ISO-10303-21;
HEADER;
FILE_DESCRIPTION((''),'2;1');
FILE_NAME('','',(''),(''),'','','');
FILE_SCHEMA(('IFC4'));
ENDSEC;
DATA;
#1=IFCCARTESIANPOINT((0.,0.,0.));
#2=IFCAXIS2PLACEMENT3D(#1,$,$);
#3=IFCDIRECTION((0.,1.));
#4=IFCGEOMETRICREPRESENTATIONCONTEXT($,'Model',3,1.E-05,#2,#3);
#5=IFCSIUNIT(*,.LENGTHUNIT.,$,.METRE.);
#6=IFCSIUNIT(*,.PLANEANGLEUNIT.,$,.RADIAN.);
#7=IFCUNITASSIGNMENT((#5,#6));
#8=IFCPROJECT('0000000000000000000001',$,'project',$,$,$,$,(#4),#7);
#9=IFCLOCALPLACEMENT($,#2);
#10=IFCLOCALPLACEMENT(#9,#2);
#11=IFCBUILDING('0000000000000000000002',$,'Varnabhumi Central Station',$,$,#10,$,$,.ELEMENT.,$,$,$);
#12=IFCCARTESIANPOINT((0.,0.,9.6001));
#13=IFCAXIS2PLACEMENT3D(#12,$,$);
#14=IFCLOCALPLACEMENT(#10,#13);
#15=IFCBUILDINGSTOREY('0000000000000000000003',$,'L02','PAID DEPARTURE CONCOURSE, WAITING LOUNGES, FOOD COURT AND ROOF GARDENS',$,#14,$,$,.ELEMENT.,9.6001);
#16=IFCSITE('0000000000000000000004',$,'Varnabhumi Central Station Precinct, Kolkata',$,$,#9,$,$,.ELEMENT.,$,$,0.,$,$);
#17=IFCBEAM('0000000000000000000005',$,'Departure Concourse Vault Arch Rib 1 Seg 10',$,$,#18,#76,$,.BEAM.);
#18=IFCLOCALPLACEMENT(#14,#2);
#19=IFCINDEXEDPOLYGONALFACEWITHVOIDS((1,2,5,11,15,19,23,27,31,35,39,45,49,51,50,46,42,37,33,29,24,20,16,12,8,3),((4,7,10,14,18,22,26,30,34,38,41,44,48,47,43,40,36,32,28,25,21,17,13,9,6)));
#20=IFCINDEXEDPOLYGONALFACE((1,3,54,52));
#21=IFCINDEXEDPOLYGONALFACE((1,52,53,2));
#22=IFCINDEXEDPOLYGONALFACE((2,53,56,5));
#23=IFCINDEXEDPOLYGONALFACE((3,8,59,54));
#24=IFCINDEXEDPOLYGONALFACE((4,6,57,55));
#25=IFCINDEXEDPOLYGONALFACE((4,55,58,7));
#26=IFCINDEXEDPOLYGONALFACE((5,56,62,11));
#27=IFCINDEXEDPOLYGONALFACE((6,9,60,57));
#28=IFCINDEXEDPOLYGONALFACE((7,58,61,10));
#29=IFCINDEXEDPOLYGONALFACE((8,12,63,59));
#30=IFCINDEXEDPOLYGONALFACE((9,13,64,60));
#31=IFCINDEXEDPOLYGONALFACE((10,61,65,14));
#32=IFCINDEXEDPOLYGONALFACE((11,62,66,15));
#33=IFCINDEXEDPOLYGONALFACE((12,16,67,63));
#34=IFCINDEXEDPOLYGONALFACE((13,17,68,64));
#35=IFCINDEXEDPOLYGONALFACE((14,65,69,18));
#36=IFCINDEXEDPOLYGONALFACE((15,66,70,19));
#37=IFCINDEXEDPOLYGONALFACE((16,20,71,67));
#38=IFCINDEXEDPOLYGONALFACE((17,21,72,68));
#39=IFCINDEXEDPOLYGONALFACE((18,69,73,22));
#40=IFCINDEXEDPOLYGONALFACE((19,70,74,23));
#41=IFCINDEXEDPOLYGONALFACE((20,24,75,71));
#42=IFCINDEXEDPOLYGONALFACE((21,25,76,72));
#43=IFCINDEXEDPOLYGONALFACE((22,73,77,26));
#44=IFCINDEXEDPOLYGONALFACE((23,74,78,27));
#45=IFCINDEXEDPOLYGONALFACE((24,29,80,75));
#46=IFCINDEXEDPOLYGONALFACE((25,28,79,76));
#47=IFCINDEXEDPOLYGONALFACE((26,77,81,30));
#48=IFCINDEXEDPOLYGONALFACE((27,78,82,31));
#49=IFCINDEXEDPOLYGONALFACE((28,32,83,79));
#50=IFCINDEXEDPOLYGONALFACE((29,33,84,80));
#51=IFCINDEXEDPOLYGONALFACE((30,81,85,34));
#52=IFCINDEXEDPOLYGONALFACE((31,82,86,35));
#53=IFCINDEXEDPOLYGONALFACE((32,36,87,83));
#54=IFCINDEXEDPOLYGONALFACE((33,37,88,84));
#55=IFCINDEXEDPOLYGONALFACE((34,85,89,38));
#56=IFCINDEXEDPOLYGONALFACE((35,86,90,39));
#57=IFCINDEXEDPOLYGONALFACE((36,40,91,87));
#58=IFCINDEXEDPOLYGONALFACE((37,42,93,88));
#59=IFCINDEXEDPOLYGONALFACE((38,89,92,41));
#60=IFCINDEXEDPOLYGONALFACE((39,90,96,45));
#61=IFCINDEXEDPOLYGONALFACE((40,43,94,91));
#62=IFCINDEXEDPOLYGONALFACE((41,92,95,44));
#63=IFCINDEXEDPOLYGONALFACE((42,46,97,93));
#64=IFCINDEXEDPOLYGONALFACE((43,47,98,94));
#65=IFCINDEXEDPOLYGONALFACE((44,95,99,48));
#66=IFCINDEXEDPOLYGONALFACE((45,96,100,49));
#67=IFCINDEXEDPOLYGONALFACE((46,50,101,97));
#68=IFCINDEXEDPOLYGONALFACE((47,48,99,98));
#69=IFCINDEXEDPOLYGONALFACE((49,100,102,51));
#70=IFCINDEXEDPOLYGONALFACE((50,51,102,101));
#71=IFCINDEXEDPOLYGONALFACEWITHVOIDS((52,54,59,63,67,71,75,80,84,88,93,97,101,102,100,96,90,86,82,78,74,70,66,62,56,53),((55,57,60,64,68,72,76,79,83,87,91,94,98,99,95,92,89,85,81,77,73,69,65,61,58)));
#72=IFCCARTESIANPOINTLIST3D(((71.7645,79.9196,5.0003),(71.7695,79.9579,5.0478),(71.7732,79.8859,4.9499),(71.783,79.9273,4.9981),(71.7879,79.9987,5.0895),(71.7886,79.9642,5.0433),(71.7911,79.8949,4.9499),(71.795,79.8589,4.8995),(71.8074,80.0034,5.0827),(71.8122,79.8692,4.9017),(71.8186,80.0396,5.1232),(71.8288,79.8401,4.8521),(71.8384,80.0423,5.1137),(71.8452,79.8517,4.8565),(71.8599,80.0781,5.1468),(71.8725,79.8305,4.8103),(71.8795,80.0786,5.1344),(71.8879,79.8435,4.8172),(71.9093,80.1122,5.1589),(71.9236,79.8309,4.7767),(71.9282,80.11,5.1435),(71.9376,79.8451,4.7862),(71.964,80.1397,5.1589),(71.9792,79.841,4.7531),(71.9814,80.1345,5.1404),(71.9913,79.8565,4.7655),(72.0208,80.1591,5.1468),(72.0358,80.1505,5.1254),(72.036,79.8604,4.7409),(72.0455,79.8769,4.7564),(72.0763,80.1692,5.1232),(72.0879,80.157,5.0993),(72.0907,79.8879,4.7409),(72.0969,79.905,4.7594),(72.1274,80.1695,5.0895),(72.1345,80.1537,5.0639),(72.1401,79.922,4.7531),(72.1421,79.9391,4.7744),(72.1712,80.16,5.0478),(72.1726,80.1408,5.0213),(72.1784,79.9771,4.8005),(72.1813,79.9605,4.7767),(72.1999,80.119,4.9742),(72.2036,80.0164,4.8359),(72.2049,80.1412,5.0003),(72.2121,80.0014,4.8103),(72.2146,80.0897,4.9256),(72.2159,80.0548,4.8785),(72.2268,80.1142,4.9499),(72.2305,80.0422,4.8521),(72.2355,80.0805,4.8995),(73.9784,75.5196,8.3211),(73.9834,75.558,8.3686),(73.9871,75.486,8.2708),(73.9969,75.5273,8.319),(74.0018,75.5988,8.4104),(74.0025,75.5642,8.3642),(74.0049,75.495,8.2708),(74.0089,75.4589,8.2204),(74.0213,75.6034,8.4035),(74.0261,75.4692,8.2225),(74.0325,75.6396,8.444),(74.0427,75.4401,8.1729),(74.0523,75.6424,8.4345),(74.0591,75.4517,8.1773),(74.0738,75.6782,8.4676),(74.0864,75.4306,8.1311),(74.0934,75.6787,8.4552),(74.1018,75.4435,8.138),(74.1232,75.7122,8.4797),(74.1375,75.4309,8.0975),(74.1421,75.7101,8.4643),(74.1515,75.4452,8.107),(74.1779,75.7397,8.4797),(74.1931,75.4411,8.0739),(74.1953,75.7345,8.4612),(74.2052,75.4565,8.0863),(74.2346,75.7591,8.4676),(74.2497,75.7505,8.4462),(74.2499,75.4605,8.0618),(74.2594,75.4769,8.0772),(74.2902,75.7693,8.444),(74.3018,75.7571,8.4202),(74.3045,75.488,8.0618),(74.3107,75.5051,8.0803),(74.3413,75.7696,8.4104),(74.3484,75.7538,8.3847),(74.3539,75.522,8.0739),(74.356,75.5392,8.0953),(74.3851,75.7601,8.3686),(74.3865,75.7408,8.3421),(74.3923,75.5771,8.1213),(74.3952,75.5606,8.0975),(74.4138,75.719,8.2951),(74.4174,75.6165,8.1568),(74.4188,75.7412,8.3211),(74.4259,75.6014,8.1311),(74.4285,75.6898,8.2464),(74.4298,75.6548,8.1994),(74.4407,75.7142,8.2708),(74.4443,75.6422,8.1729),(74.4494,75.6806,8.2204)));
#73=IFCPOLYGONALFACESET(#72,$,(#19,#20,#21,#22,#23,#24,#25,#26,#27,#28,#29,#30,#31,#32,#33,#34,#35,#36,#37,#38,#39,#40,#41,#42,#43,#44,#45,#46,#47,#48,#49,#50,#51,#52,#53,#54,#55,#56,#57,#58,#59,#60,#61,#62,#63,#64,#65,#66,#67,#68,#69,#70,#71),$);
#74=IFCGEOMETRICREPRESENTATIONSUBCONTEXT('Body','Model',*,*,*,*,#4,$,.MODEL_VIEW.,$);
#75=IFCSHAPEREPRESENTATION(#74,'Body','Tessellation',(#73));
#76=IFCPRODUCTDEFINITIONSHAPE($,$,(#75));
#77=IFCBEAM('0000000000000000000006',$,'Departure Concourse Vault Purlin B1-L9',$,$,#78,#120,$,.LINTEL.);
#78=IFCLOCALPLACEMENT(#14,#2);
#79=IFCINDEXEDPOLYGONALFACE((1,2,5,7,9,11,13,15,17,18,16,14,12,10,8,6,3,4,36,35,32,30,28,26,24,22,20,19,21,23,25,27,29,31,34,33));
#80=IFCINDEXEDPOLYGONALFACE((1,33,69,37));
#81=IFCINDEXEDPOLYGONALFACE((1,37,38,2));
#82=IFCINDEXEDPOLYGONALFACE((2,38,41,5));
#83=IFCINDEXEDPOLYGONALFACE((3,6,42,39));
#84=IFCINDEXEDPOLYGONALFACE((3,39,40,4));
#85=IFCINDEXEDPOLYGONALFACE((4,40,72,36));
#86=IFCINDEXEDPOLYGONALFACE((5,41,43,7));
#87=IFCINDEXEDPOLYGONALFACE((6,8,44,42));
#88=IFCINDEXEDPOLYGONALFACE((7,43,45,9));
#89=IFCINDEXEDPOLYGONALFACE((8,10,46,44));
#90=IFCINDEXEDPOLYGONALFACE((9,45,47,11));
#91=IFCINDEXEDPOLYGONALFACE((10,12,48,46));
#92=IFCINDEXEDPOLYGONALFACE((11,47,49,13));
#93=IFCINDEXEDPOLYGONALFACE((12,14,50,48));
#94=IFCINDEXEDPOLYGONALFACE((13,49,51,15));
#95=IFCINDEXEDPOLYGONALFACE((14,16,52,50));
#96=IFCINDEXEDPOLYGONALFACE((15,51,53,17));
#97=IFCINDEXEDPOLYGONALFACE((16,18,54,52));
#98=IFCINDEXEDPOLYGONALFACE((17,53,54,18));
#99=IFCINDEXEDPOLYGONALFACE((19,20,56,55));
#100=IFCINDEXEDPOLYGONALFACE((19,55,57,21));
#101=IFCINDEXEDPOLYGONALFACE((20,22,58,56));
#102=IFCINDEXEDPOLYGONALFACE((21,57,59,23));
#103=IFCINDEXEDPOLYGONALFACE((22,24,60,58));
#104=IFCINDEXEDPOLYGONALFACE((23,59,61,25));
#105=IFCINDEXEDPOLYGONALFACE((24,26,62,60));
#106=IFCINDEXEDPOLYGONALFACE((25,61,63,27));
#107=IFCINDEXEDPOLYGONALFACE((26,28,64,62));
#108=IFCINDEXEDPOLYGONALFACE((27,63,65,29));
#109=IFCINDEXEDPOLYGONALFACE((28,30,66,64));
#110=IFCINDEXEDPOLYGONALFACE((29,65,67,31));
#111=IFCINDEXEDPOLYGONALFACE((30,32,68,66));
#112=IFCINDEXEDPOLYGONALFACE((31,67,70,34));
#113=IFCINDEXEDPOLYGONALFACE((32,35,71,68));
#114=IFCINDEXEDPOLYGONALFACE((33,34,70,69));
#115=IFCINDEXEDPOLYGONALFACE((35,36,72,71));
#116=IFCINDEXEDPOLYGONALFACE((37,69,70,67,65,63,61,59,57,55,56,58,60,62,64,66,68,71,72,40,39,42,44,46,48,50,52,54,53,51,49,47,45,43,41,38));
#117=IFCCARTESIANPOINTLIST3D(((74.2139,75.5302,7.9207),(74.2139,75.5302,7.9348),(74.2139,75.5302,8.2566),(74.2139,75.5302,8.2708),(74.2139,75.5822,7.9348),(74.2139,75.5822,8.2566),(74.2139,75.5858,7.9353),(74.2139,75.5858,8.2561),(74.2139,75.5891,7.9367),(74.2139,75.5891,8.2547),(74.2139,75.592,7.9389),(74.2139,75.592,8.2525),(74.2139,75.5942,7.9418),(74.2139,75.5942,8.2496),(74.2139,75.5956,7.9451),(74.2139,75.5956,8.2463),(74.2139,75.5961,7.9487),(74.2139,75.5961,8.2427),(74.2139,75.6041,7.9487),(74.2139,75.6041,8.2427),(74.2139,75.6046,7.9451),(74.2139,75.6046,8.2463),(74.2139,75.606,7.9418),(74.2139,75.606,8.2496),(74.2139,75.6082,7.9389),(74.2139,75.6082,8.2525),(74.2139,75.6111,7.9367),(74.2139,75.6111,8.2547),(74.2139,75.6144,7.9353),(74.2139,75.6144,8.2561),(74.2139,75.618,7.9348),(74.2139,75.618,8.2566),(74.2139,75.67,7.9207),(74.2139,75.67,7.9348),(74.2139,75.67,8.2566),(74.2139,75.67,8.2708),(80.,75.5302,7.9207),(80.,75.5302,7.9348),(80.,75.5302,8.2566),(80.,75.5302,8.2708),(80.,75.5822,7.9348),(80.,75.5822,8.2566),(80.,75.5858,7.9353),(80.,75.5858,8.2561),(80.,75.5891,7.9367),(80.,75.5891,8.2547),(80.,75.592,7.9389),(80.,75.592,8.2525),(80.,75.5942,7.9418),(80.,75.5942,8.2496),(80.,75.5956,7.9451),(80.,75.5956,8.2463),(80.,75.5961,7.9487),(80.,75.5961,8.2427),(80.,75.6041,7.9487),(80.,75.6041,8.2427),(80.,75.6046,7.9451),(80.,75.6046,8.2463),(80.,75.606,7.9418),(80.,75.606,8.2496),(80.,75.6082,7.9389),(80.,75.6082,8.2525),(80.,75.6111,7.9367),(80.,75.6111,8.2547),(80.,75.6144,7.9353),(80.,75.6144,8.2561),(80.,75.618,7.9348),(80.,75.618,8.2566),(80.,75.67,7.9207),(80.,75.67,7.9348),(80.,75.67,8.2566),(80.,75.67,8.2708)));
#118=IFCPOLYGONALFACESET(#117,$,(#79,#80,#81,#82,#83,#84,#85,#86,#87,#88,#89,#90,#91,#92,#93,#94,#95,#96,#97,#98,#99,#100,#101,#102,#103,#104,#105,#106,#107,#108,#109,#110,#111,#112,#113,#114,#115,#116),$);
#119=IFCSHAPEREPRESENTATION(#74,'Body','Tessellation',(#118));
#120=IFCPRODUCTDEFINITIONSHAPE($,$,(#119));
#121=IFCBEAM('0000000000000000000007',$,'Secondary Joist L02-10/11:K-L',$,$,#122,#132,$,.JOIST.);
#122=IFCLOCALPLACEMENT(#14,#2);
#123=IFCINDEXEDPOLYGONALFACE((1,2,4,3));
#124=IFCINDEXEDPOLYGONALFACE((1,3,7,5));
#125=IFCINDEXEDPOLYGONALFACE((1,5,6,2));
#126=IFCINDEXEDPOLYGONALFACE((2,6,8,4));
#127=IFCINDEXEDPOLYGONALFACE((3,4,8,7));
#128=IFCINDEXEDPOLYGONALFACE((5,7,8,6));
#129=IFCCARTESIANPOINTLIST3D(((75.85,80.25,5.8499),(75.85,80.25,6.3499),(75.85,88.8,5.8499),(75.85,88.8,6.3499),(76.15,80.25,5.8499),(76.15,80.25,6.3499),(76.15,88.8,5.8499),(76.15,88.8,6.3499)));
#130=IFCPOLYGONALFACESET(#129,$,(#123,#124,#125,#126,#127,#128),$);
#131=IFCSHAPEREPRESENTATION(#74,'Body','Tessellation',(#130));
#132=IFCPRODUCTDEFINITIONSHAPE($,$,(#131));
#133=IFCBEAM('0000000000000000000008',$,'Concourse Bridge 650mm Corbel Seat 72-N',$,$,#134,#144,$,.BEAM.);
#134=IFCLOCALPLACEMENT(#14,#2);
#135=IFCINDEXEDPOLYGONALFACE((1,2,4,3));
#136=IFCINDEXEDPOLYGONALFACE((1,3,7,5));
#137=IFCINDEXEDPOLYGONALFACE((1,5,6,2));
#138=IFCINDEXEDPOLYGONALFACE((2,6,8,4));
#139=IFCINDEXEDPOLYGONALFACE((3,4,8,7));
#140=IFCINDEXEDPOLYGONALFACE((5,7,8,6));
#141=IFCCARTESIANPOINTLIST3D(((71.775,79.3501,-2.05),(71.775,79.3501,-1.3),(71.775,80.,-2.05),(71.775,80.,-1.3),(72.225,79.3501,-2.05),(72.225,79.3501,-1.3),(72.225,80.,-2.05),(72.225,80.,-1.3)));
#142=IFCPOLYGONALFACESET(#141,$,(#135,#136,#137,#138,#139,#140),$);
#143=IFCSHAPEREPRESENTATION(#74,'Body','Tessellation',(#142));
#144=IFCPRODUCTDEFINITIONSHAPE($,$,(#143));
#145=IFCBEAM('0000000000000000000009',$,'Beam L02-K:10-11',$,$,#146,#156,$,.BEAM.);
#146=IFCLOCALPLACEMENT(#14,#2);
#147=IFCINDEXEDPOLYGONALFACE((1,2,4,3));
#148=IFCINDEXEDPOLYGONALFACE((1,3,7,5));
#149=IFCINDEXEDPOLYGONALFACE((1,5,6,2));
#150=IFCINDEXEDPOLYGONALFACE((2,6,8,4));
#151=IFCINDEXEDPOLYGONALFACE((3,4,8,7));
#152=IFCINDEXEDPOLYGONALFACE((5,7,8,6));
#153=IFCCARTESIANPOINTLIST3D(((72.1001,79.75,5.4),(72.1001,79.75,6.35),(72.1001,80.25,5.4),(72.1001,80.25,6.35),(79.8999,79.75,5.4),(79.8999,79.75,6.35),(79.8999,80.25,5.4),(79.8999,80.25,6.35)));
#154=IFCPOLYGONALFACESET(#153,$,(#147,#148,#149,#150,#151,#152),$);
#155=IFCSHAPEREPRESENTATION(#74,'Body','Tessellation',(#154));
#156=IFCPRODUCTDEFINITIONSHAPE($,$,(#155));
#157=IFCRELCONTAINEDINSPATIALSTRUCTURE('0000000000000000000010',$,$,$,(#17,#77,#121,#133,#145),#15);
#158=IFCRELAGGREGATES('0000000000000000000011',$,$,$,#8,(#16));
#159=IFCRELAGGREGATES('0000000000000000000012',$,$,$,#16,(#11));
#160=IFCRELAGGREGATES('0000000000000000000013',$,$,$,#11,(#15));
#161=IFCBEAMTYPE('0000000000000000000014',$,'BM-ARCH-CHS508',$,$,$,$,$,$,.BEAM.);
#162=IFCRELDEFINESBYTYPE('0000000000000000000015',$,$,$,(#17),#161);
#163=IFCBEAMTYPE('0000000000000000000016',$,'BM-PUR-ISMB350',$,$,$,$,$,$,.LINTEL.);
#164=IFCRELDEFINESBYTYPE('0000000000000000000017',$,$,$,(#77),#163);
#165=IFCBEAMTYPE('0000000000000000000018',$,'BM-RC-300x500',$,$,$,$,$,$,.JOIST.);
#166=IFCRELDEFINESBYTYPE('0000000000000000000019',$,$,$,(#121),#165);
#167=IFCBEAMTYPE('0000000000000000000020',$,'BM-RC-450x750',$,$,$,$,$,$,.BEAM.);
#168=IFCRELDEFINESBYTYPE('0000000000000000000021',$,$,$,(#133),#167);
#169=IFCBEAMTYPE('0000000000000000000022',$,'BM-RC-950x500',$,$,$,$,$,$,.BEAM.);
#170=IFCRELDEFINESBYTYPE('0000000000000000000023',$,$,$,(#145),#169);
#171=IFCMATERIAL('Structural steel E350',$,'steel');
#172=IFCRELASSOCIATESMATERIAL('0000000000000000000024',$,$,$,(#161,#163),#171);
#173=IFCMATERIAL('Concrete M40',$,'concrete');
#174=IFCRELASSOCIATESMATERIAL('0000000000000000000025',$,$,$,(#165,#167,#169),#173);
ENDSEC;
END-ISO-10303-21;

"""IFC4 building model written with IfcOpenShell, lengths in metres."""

from ifc_helpers import new_model, si_unit, direction, frame, origin, origin_2d, place, context, subcontext, project, spatial, rectangle, hollow_circle, i_section, extrude, material, material_profile, profile_set, type_object, element, save


model = new_model("IFC4")

# Units and contexts
model_context = context("Model", 3, precision=1e-05, world=origin(), true_north=direction((0.0, 1.0)))
body_context = subcontext(model_context, "Body", "Model", "MODEL_VIEW")
ifc_project = project(units=[si_unit("LENGTHUNIT", "METRE"), si_unit("PLANEANGLEUNIT", "RADIAN")], contexts=[model_context])

# Site, building, storey
site_placement = place(None, origin())
site = spatial("IfcSite", under=ifc_project, at=site_placement, Name="Varnabhumi Central Station Precinct, Kolkata", CompositionType="ELEMENT", RefElevation=0.0)
building_placement = place(site_placement, origin())
building = spatial("IfcBuilding", under=site, at=building_placement, Name="Varnabhumi Central Station", CompositionType="ELEMENT")
storey_placement = place(building_placement, frame((0.0, 0.0, 9.6001)))
storey = spatial("IfcBuildingStorey", under=building, at=storey_placement, Name="L02", Description="PAID DEPARTURE CONCOURSE, WAITING LOUNGES, FOOD COURT AND ROOF GARDENS", CompositionType="ELEMENT", Elevation=9.6001)

# Beams
ifc_material_1 = material(Name="Structural steel E350", Category="steel")
ifc_material_profile_1 = material_profile(ifc_material_1, hollow_circle(Radius=0.2539, WallThickness=0.02, at=origin_2d()), Name="Structural steel E350", Category="steel")
ifc_profile_set_1 = profile_set([ifc_material_profile_1], Name="Structural steel E350")
beam_type_1 = type_object("IfcBeamType", Name="BM-ARCH-CHS508", PredefinedType="BEAM", material=ifc_profile_set_1)
beam_1_placement = place(storey_placement, frame((74.2139, 75.6001, 8.2708), z_axis=(-0.372681, 0.740677, -0.559022), x_axis=(-0.893294, -0.449472, 0.0)))
element("IfcBeam", 1, at=beam_1_placement, inside=storey, type_object=beam_type_1, Name="Departure Concourse Vault Arch Rib 1 Seg 10", PredefinedType="BEAM", context=body_context, shape_type="SweptSolid", body=[
    extrude(hollow_circle(Radius=0.2539, WallThickness=0.02, at=origin_2d()), origin(), (0.0, 0.0, 1.0), 5.9404),
])
ifc_material_profile_2 = material_profile(ifc_material_1, i_section(OverallWidth=0.1399, OverallDepth=0.3501, WebThickness=0.0081, FlangeThickness=0.0142, FilletRadius=0.0139, at=origin_2d()), Name="Structural steel E350", Category="steel")
ifc_profile_set_2 = profile_set([ifc_material_profile_2], Name="Structural steel E350")
beam_type_2 = type_object("IfcBeamType", Name="BM-PUR-ISMB350", PredefinedType="LINTEL", material=ifc_profile_set_2)
beam_2_placement = place(storey_placement, frame((74.2139, 75.6001, 8.0957), z_axis=(1.0, 0.0, 0.0), x_axis=(0.0, 1.0, 0.0)))
element("IfcBeam", 2, at=beam_2_placement, inside=storey, type_object=beam_type_2, Name="Departure Concourse Vault Purlin B1-L9", PredefinedType="LINTEL", context=body_context, shape_type="SweptSolid", body=[
    extrude(i_section(OverallWidth=0.1399, OverallDepth=0.3501, WebThickness=0.0081, FlangeThickness=0.0142, FilletRadius=0.0139, at=origin_2d()), origin(), (0.0, 0.0, 1.0), 5.7861),
])
ifc_material_2 = material(Name="Concrete M40", Category="concrete")
ifc_material_profile_3 = material_profile(ifc_material_2, rectangle(XDim=0.3, YDim=0.5, at=origin_2d()), Name="Concrete M40", Category="concrete")
ifc_profile_set_3 = profile_set([ifc_material_profile_3], Name="Concrete M40")
beam_type_3 = type_object("IfcBeamType", Name="BM-RC-300x500", PredefinedType="JOIST", material=ifc_profile_set_3)
beam_3_placement = place(storey_placement, frame((76.0, 80.25, 6.0999), z_axis=(0.0, 1.0, 0.0), x_axis=(-1.0, 0.0, 0.0)))
element("IfcBeam", 3, at=beam_3_placement, inside=storey, type_object=beam_type_3, Name="Secondary Joist L02-10/11:K-L", PredefinedType="JOIST", context=body_context, shape_type="SweptSolid", body=[
    extrude(rectangle(XDim=0.3, YDim=0.5, at=origin_2d()), origin(), (0.0, 0.0, 1.0), 8.55),
])
ifc_material_profile_4 = material_profile(ifc_material_2, rectangle(XDim=0.45, YDim=0.75, at=origin_2d()), Name="Concrete M40", Category="concrete")
ifc_profile_set_4 = profile_set([ifc_material_profile_4], Name="Concrete M40")
beam_type_4 = type_object("IfcBeamType", Name="BM-RC-450x750", PredefinedType="BEAM", material=ifc_profile_set_4)
beam_4_placement = place(storey_placement, frame((72.0, 80.0, -1.675), z_axis=(0.0, -1.0, 0.0), x_axis=(1.0, 0.0, 0.0)))
element("IfcBeam", 4, at=beam_4_placement, inside=storey, type_object=beam_type_4, Name="Concourse Bridge 650mm Corbel Seat 72-N", PredefinedType="BEAM", context=body_context, shape_type="SweptSolid", body=[
    extrude(rectangle(XDim=0.45, YDim=0.75, at=origin_2d()), origin(), (0.0, 0.0, 1.0), 0.6499),
])
ifc_material_profile_5 = material_profile(ifc_material_2, rectangle(XDim=0.5, YDim=0.95, at=origin_2d()), Name="Concrete M40", Category="concrete")
ifc_profile_set_5 = profile_set([ifc_material_profile_5], Name="Concrete M40")
beam_type_5 = type_object("IfcBeamType", Name="BM-RC-950x500", PredefinedType="BEAM", material=ifc_profile_set_5)
beam_5_placement = place(storey_placement, frame((72.1001, 80.0, 5.875), z_axis=(1.0, 0.0, 0.0), x_axis=(0.0, 1.0, 0.0)))
element("IfcBeam", 5, at=beam_5_placement, inside=storey, type_object=beam_type_5, Name="Beam L02-K:10-11", PredefinedType="BEAM", context=body_context, shape_type="SweptSolid", body=[
    extrude(rectangle(XDim=0.5, YDim=0.95, at=origin_2d()), origin(), (0.0, 0.0, 1.0), 7.7998),
])

save(model, "model.ifc")
